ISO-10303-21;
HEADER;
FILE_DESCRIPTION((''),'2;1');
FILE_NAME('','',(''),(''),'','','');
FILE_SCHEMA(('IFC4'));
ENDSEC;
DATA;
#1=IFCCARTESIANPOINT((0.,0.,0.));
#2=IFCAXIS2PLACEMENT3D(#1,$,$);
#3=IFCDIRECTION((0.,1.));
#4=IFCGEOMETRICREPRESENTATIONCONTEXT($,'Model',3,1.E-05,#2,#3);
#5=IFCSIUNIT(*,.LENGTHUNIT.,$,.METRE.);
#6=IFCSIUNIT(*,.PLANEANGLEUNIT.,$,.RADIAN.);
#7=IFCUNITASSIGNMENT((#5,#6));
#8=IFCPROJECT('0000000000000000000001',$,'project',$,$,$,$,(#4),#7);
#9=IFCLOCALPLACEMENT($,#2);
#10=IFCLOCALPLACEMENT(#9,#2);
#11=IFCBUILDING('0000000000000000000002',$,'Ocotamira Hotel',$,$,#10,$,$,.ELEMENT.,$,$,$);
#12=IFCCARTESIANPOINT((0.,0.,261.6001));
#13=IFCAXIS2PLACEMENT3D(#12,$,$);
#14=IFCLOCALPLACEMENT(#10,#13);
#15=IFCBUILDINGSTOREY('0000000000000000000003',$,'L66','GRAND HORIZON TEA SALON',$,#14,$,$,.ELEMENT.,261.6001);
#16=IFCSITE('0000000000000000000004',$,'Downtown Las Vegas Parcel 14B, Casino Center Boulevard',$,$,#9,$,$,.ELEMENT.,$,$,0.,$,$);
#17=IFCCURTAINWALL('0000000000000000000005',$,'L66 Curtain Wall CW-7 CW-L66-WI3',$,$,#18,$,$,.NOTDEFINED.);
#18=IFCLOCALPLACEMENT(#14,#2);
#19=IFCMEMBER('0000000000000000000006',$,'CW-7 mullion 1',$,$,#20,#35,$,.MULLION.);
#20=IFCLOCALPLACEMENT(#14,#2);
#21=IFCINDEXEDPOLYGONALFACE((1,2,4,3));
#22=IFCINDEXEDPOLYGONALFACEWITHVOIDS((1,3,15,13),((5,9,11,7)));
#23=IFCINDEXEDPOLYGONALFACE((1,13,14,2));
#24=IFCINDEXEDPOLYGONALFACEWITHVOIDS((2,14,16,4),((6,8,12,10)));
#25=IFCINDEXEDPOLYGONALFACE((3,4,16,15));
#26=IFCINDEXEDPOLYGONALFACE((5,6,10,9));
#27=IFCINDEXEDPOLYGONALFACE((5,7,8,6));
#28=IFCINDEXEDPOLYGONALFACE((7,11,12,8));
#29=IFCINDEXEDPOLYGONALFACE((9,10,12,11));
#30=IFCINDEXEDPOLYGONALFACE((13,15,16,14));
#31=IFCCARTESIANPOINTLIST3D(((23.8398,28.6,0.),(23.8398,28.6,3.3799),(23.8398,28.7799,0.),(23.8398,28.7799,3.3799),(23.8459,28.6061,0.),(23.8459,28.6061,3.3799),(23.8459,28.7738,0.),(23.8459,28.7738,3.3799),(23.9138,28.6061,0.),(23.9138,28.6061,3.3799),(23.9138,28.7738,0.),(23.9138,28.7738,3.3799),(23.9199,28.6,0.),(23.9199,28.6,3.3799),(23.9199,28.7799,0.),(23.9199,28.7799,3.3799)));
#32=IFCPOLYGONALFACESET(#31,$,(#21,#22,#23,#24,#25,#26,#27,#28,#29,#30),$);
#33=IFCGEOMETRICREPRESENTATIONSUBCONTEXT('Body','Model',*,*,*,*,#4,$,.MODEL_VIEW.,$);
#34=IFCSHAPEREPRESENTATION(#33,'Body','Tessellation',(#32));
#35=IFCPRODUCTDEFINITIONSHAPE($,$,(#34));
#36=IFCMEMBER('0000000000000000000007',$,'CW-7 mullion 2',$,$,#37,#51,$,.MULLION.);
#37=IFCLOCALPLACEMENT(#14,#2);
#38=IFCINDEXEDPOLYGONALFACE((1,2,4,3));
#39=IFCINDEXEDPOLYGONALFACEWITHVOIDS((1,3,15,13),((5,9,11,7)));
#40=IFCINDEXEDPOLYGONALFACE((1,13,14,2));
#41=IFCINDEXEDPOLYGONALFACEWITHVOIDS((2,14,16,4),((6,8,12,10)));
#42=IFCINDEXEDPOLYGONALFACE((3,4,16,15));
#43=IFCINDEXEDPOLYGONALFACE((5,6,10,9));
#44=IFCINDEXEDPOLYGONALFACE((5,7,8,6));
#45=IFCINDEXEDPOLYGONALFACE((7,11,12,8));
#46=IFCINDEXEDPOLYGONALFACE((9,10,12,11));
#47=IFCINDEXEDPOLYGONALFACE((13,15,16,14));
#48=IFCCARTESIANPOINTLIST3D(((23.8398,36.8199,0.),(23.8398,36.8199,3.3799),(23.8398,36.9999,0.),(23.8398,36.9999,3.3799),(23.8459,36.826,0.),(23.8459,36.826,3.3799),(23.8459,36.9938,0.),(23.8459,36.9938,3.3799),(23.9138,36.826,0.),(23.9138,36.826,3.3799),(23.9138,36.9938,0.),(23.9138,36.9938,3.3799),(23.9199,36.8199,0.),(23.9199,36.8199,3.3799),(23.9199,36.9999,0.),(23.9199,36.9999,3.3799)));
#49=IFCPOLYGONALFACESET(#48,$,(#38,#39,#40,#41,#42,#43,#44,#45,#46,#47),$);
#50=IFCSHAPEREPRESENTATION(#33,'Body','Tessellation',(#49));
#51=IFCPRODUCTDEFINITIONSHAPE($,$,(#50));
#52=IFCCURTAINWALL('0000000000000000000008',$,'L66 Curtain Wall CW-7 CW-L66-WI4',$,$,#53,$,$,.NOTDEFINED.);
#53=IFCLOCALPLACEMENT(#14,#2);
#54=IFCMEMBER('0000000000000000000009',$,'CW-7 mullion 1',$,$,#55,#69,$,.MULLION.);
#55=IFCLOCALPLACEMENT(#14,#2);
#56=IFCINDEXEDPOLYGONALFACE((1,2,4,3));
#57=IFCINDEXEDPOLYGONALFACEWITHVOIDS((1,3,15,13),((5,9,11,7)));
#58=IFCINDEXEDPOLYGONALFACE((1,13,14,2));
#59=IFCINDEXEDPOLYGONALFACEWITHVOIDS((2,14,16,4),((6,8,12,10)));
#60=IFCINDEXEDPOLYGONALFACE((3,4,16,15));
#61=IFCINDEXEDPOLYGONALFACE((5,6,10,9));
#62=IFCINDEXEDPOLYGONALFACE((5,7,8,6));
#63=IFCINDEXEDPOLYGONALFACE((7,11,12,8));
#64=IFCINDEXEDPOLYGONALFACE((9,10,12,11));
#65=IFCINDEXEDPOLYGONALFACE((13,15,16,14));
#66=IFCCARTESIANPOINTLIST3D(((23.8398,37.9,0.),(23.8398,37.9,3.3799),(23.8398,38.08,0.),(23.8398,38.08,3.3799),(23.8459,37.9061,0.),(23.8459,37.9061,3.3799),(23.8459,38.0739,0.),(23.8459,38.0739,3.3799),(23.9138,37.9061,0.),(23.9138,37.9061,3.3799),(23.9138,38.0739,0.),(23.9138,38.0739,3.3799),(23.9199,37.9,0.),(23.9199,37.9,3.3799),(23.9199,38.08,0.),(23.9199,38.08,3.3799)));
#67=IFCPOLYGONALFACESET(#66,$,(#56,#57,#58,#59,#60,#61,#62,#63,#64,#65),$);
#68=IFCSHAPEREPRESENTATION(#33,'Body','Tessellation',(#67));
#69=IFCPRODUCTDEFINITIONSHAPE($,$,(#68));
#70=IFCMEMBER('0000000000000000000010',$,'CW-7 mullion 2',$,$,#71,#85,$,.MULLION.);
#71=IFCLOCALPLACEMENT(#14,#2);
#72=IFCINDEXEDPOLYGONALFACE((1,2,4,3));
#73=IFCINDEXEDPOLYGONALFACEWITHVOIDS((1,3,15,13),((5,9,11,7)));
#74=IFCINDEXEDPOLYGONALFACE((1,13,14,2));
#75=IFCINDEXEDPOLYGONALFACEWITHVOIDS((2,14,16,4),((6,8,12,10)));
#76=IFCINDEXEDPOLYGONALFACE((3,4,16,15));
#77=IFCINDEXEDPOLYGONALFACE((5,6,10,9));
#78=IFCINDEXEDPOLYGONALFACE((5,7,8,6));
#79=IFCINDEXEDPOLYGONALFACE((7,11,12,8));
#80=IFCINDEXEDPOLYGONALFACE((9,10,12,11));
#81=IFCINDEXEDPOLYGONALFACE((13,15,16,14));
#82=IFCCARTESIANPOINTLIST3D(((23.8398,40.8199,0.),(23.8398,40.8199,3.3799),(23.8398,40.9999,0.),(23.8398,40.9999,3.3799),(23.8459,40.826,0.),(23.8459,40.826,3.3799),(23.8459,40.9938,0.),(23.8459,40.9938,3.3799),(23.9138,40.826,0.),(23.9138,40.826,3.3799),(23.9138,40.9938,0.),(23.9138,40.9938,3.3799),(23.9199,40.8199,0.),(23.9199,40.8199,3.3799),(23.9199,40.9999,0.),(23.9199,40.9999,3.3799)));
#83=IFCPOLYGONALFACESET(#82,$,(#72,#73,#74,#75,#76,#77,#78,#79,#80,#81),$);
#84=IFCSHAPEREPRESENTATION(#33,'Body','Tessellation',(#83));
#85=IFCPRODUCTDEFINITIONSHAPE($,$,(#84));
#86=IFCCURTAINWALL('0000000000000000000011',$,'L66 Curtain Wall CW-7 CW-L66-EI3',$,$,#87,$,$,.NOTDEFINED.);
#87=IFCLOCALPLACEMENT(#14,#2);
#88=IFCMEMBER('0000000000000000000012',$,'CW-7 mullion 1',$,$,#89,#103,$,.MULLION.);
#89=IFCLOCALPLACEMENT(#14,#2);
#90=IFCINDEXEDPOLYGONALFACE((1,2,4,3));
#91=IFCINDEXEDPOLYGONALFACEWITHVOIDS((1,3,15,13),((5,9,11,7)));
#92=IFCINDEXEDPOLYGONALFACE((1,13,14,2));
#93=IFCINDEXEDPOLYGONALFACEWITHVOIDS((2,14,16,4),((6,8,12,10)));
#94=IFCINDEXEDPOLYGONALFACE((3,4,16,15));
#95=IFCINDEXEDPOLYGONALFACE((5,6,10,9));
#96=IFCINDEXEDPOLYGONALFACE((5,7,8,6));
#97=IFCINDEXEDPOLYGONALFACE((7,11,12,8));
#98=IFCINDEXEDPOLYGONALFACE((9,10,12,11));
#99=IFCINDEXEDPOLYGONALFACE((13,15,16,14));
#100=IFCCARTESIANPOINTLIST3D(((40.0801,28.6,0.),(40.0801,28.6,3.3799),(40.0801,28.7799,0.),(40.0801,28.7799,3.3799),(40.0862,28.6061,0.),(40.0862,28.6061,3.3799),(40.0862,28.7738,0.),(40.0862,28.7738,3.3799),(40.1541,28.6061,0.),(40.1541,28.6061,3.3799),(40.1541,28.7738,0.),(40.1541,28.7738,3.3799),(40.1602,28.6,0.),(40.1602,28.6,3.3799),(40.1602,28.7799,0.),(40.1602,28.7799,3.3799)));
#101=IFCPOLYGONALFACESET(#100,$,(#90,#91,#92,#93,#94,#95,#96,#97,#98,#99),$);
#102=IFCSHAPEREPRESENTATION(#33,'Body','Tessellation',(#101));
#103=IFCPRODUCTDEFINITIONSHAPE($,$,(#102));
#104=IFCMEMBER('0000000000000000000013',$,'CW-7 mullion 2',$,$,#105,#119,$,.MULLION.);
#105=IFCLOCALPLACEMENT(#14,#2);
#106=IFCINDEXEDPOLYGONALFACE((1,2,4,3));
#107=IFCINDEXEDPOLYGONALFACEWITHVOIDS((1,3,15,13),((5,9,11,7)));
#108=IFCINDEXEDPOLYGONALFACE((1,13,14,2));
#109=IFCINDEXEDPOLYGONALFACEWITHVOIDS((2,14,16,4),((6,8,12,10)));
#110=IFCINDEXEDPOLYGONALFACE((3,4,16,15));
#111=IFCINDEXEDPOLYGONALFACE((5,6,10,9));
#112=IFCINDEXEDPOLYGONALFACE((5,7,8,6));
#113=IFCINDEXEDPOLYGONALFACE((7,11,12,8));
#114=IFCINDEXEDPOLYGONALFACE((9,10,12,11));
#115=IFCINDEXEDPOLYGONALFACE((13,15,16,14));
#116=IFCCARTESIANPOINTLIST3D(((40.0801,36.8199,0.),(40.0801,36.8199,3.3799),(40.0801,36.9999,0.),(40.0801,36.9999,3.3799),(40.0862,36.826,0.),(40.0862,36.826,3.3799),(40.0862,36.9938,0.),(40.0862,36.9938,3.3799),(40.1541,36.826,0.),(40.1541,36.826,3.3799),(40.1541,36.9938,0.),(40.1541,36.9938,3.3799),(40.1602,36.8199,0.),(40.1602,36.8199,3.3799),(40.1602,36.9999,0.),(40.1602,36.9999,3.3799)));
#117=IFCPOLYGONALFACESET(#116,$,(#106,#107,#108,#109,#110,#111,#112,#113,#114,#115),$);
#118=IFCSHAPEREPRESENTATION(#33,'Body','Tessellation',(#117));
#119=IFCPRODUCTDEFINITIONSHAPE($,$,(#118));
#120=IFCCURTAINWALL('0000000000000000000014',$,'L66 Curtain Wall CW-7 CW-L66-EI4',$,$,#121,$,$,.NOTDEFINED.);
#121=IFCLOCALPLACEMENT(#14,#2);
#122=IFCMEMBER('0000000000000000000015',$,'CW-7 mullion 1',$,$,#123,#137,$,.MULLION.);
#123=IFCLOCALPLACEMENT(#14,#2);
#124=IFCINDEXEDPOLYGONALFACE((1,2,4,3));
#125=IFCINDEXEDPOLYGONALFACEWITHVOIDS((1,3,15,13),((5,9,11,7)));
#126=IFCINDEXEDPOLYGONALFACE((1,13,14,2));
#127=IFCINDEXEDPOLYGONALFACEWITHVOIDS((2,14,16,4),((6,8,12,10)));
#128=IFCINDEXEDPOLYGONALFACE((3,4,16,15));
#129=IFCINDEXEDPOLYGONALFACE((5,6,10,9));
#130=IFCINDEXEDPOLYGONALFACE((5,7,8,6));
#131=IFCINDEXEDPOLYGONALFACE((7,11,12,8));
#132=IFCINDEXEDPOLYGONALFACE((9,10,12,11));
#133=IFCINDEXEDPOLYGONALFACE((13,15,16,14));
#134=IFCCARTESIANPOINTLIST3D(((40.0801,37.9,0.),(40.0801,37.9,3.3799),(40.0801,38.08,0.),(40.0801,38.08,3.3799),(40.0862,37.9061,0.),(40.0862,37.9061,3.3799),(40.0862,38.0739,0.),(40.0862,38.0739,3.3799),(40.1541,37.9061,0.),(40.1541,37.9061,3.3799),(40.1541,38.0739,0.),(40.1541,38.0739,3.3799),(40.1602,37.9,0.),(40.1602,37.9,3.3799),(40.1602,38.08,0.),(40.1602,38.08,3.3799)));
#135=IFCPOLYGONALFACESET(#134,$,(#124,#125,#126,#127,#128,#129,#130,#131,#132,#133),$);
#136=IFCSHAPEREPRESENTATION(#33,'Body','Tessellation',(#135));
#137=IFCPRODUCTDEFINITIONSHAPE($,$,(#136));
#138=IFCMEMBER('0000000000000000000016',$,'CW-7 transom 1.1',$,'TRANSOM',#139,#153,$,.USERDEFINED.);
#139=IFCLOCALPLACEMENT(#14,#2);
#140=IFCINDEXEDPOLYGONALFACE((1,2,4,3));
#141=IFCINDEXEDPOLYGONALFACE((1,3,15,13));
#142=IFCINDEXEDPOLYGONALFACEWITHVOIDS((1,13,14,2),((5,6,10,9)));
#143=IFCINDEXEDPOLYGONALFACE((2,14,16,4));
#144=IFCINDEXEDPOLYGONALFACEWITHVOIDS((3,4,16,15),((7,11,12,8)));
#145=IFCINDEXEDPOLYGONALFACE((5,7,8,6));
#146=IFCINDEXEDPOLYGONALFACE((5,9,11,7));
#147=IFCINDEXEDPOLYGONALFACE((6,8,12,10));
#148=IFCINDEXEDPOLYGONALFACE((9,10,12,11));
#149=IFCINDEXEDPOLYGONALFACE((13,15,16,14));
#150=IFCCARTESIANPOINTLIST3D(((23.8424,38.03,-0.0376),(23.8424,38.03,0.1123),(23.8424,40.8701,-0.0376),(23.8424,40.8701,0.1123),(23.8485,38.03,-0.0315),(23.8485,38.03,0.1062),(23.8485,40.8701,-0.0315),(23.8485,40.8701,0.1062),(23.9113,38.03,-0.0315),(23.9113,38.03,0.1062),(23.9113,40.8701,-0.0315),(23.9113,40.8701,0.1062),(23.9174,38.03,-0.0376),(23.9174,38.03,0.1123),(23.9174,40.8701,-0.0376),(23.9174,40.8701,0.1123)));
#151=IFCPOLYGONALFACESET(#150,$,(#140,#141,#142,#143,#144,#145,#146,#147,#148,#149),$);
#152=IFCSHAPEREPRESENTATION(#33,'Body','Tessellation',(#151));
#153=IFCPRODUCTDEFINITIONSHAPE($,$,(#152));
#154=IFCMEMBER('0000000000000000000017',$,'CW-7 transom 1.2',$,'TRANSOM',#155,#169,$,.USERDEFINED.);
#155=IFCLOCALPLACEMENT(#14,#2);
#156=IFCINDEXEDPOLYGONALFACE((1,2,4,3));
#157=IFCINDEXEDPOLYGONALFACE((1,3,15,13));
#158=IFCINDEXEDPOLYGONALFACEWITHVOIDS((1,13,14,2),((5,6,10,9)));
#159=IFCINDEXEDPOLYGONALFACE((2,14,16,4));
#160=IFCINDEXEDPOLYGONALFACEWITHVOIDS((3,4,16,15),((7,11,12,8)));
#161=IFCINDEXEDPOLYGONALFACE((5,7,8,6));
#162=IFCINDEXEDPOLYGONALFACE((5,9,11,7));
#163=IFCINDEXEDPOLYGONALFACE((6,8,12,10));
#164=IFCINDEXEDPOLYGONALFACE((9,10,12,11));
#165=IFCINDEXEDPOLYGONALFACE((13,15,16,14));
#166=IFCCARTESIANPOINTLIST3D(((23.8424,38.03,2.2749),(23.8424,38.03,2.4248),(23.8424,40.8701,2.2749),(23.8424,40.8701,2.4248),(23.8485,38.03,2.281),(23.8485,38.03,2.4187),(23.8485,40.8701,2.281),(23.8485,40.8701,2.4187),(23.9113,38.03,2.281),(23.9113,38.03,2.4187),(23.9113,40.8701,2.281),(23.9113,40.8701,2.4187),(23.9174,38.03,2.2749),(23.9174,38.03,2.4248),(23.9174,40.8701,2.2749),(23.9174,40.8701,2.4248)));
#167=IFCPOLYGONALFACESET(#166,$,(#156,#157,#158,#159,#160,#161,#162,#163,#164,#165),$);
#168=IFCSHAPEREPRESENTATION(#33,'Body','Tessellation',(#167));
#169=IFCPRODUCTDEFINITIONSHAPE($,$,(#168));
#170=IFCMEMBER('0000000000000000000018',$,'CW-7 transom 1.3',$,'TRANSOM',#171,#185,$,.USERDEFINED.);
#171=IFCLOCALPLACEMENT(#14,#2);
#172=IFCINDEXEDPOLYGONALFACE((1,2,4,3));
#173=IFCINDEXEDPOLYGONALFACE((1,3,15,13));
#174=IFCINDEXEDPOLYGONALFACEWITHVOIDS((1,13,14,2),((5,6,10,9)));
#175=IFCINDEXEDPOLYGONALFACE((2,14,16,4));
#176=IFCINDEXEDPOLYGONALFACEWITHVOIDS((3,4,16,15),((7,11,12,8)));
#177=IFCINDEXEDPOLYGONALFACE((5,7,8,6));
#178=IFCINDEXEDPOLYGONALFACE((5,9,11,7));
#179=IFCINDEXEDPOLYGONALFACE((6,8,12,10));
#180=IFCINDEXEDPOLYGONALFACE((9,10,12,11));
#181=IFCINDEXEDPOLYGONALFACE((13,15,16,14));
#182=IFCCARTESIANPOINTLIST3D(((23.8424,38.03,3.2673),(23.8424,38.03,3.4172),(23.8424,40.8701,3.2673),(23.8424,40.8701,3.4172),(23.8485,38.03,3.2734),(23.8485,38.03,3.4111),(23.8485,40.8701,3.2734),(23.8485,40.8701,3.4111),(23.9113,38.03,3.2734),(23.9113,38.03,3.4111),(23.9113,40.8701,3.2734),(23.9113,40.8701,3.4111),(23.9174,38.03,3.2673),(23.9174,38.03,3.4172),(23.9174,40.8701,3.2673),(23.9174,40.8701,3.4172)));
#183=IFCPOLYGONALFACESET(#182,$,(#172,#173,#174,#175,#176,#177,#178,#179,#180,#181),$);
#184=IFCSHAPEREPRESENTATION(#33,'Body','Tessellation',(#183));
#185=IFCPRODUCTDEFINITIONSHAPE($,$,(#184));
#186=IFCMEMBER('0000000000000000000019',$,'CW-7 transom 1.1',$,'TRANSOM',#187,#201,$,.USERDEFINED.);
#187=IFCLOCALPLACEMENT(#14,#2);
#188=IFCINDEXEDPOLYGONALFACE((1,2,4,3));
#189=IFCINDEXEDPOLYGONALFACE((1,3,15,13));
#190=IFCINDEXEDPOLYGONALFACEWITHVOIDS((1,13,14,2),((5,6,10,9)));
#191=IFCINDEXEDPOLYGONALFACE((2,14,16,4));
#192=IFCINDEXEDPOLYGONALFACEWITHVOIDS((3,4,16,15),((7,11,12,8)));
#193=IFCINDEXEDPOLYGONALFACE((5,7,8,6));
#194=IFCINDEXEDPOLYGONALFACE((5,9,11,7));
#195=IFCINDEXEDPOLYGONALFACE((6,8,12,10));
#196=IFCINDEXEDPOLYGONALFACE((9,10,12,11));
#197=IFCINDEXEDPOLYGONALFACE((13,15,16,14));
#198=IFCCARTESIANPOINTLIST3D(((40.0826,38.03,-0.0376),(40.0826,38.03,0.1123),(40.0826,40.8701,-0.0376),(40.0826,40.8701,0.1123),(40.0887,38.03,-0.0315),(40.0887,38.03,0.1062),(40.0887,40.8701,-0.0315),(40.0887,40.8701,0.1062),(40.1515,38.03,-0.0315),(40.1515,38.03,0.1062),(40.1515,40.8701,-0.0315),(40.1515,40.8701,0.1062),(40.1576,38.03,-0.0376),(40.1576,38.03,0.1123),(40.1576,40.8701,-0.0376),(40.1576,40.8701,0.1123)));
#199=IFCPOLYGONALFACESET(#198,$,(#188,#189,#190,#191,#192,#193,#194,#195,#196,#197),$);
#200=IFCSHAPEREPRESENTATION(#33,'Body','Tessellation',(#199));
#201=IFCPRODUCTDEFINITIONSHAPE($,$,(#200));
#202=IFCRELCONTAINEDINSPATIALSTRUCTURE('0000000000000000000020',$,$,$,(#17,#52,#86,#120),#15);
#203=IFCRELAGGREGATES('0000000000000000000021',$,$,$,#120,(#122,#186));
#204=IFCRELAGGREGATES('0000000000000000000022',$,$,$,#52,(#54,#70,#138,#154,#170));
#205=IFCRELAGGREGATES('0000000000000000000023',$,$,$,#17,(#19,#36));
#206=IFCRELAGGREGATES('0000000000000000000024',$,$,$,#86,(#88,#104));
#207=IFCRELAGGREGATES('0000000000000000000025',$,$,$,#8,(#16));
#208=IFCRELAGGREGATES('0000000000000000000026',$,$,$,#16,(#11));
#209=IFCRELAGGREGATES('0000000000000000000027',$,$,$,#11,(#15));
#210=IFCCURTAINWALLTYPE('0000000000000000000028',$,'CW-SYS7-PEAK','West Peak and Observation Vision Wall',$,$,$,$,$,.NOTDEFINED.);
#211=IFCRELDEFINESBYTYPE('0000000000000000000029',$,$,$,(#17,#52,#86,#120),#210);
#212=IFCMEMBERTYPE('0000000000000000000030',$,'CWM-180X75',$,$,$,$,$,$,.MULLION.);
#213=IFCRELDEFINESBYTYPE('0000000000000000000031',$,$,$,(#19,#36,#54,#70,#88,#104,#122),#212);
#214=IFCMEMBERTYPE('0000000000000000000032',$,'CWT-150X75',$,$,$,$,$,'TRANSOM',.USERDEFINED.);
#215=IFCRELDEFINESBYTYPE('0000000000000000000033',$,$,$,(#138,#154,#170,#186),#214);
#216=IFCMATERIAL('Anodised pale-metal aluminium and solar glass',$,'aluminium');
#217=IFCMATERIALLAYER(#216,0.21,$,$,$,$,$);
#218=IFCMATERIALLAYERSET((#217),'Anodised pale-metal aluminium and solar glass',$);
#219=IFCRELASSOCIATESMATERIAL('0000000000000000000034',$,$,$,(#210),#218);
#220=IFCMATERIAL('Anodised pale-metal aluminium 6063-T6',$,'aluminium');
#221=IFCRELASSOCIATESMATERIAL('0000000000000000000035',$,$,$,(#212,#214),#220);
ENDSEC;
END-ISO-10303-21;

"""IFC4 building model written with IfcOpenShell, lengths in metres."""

from ifc_helpers import new_model, si_unit, direction, frame, origin, origin_2d, place, context, subcontext, project, spatial, hollow_rectangle, extrude, source, transform, mapped, material, layer, layer_set, material_profile, profile_set, type_object, element, aggregate, save


model = new_model("IFC4")

# Units and contexts
model_context = context("Model", 3, precision=1e-05, world=origin(), true_north=direction((0.0, 1.0)))
body_context = subcontext(model_context, "Body", "Model", "MODEL_VIEW")
ifc_project = project(units=[si_unit("LENGTHUNIT", "METRE"), si_unit("PLANEANGLEUNIT", "RADIAN")], contexts=[model_context])

# Site, building, storey
site_placement = place(None, origin())
site = spatial("IfcSite", under=ifc_project, at=site_placement, Name="Downtown Las Vegas Parcel 14B, Casino Center Boulevard", CompositionType="ELEMENT", RefElevation=0.0)
building_placement = place(site_placement, origin())
building = spatial("IfcBuilding", under=site, at=building_placement, Name="Ocotamira Hotel", CompositionType="ELEMENT")
storey_placement = place(building_placement, frame((0.0, 0.0, 261.6001)))
storey = spatial("IfcBuildingStorey", under=building, at=storey_placement, Name="L66", Description="GRAND HORIZON TEA SALON", CompositionType="ELEMENT", Elevation=261.6001)

# Curtain walls, members
ifc_material_1 = material(Name="Anodised pale-metal aluminium and solar glass", Category="aluminium")
ifc_layer_1 = layer(ifc_material_1, 0.21)
ifc_layer_set_1 = layer_set([ifc_layer_1], Name="Anodised pale-metal aluminium and solar glass")
curtain_wall_type = type_object("IfcCurtainWallType", Name="CW-SYS7-PEAK", Description="West Peak and Observation Vision Wall", PredefinedType="NOTDEFINED", material=ifc_layer_set_1)
curtain_wall_1_placement = place(storey_placement, origin())
curtain_wall_1 = element("IfcCurtainWall", 1, at=curtain_wall_1_placement, inside=storey, type_object=curtain_wall_type, Name="L66 Curtain Wall CW-7 CW-L66-WI3", PredefinedType="NOTDEFINED")
ifc_material_2 = material(Name="Anodised pale-metal aluminium 6063-T6", Category="aluminium")
ifc_material_profile_1 = material_profile(ifc_material_2, hollow_rectangle(XDim=0.0801, YDim=0.1799, WallThickness=0.0061, at=origin_2d()), Name="HSS180X80X6")
ifc_profile_set_1 = profile_set([ifc_material_profile_1], Name="Anodised pale-metal aluminium 6063-T6")
member_type_1 = type_object("IfcMemberType", Name="CWM-180X75", PredefinedType="MULLION", material=ifc_profile_set_1)
shared_shape_1 = source(origin(), body_context, "Body", "SweptSolid", [
    extrude(hollow_rectangle(XDim=0.0801, YDim=0.1799, WallThickness=0.0061, at=origin_2d()), origin(), (0.0, 0.0, 1.0), 3.3799),
])
member_1_placement = place(storey_placement, frame((23.8799, 28.6899, 0.0), z_axis=(0.0, 0.0, 1.0), x_axis=(-1.0, 0.0, 0.0)))
member_1 = element("IfcMember", 2, at=member_1_placement, type_object=member_type_1, Name="CW-7 mullion 1", PredefinedType="MULLION", context=body_context, shape_type="MappedRepresentation", body=[
    mapped(shared_shape_1, transform((0.0, 0.0, 0.0), scale=1.0)),
])
member_2_placement = place(storey_placement, frame((23.8799, 36.9099, 0.0), z_axis=(0.0, 0.0, 1.0), x_axis=(-1.0, 0.0, 0.0)))
member_2 = element("IfcMember", 3, at=member_2_placement, type_object=member_type_1, Name="CW-7 mullion 2", PredefinedType="MULLION", context=body_context, shape_type="MappedRepresentation", body=[
    mapped(shared_shape_1, transform((0.0, 0.0, 0.0), scale=1.0)),
])
curtain_wall_2_placement = place(storey_placement, origin())
curtain_wall_2 = element("IfcCurtainWall", 4, at=curtain_wall_2_placement, inside=storey, type_object=curtain_wall_type, Name="L66 Curtain Wall CW-7 CW-L66-WI4", PredefinedType="NOTDEFINED")
member_3_placement = place(storey_placement, frame((23.8799, 37.99, 0.0), z_axis=(0.0, 0.0, 1.0), x_axis=(-1.0, 0.0, 0.0)))
member_3 = element("IfcMember", 5, at=member_3_placement, type_object=member_type_1, Name="CW-7 mullion 1", PredefinedType="MULLION", context=body_context, shape_type="MappedRepresentation", body=[
    mapped(shared_shape_1, transform((0.0, 0.0, 0.0), scale=1.0)),
])
member_4_placement = place(storey_placement, frame((23.8799, 40.9099, 0.0), z_axis=(0.0, 0.0, 1.0), x_axis=(-1.0, 0.0, 0.0)))
member_4 = element("IfcMember", 6, at=member_4_placement, type_object=member_type_1, Name="CW-7 mullion 2", PredefinedType="MULLION", context=body_context, shape_type="MappedRepresentation", body=[
    mapped(shared_shape_1, transform((0.0, 0.0, 0.0), scale=1.0)),
])
curtain_wall_3_placement = place(storey_placement, origin())
curtain_wall_3 = element("IfcCurtainWall", 7, at=curtain_wall_3_placement, inside=storey, type_object=curtain_wall_type, Name="L66 Curtain Wall CW-7 CW-L66-EI3", PredefinedType="NOTDEFINED")
member_5_placement = place(storey_placement, frame((40.1201, 28.6899, 0.0), z_axis=(0.0, 0.0, 1.0), x_axis=(-1.0, 0.0, 0.0)))
member_5 = element("IfcMember", 8, at=member_5_placement, type_object=member_type_1, Name="CW-7 mullion 1", PredefinedType="MULLION", context=body_context, shape_type="MappedRepresentation", body=[
    mapped(shared_shape_1, transform((0.0, 0.0, 0.0), scale=1.0)),
])
member_6_placement = place(storey_placement, frame((40.1201, 36.9099, 0.0), z_axis=(0.0, 0.0, 1.0), x_axis=(-1.0, 0.0, 0.0)))
member_6 = element("IfcMember", 9, at=member_6_placement, type_object=member_type_1, Name="CW-7 mullion 2", PredefinedType="MULLION", context=body_context, shape_type="MappedRepresentation", body=[
    mapped(shared_shape_1, transform((0.0, 0.0, 0.0), scale=1.0)),
])

# Curtain wall, member
curtain_wall_4_placement = place(storey_placement, origin())
curtain_wall_4 = element("IfcCurtainWall", 10, at=curtain_wall_4_placement, inside=storey, type_object=curtain_wall_type, Name="L66 Curtain Wall CW-7 CW-L66-EI4", PredefinedType="NOTDEFINED")
member_7_placement = place(storey_placement, frame((40.1201, 37.99, 0.0), z_axis=(0.0, 0.0, 1.0), x_axis=(-1.0, 0.0, 0.0)))
member_7 = element("IfcMember", 11, at=member_7_placement, type_object=member_type_1, Name="CW-7 mullion 1", PredefinedType="MULLION", context=body_context, shape_type="MappedRepresentation", body=[
    mapped(shared_shape_1, transform((0.0, 0.0, 0.0), scale=1.0)),
])

# Members
ifc_material_profile_2 = material_profile(ifc_material_2, hollow_rectangle(XDim=0.075, YDim=0.1499, WallThickness=0.0061, at=origin_2d()), Name="HSS150X75X6")
ifc_profile_set_2 = profile_set([ifc_material_profile_2], Name="Anodised pale-metal aluminium 6063-T6")
member_type_2 = type_object("IfcMemberType", Name="CWT-150X75", ElementType="TRANSOM", PredefinedType="USERDEFINED", material=ifc_profile_set_2)
shared_shape_2 = source(origin(), body_context, "Body", "SweptSolid", [
    extrude(hollow_rectangle(XDim=0.075, YDim=0.1499, WallThickness=0.0061, at=origin_2d()), origin(), (0.0, 0.0, 1.0), 2.8401),
])
member_8_placement = place(storey_placement, frame((23.8799, 38.03, 0.0374), z_axis=(0.0, 1.0, 0.0), x_axis=(-1.0, 0.0, 0.0)))
member_8 = element("IfcMember", 12, at=member_8_placement, type_object=member_type_2, Name="CW-7 transom 1.1", ObjectType="TRANSOM", PredefinedType="USERDEFINED", context=body_context, shape_type="MappedRepresentation", body=[
    mapped(shared_shape_2, transform((0.0, 0.0, 0.0), scale=1.0)),
])
member_9_placement = place(storey_placement, frame((23.8799, 38.03, 2.3499), z_axis=(0.0, 1.0, 0.0), x_axis=(-1.0, 0.0, 0.0)))
member_9 = element("IfcMember", 13, at=member_9_placement, type_object=member_type_2, Name="CW-7 transom 1.2", ObjectType="TRANSOM", PredefinedType="USERDEFINED", context=body_context, shape_type="MappedRepresentation", body=[
    mapped(shared_shape_2, transform((0.0, 0.0, 0.0), scale=1.0)),
])
member_10_placement = place(storey_placement, frame((23.8799, 38.03, 3.3423), z_axis=(0.0, 1.0, 0.0), x_axis=(-1.0, 0.0, 0.0)))
member_10 = element("IfcMember", 14, at=member_10_placement, type_object=member_type_2, Name="CW-7 transom 1.3", ObjectType="TRANSOM", PredefinedType="USERDEFINED", context=body_context, shape_type="MappedRepresentation", body=[
    mapped(shared_shape_2, transform((0.0, 0.0, 0.0), scale=1.0)),
])
member_11_placement = place(storey_placement, frame((40.1201, 38.03, 0.0374), z_axis=(0.0, 1.0, 0.0), x_axis=(-1.0, 0.0, 0.0)))
member_11 = element("IfcMember", 15, at=member_11_placement, type_object=member_type_2, Name="CW-7 transom 1.1", ObjectType="TRANSOM", PredefinedType="USERDEFINED", context=body_context, shape_type="MappedRepresentation", body=[
    mapped(shared_shape_2, transform((0.0, 0.0, 0.0), scale=1.0)),
])
aggregate(curtain_wall_4, [member_7, member_11])

aggregate(curtain_wall_2, [member_3, member_4, member_8, member_9, member_10])
aggregate(curtain_wall_1, [member_1, member_2])
aggregate(curtain_wall_3, [member_5, member_6])

save(model, "model.ifc")
